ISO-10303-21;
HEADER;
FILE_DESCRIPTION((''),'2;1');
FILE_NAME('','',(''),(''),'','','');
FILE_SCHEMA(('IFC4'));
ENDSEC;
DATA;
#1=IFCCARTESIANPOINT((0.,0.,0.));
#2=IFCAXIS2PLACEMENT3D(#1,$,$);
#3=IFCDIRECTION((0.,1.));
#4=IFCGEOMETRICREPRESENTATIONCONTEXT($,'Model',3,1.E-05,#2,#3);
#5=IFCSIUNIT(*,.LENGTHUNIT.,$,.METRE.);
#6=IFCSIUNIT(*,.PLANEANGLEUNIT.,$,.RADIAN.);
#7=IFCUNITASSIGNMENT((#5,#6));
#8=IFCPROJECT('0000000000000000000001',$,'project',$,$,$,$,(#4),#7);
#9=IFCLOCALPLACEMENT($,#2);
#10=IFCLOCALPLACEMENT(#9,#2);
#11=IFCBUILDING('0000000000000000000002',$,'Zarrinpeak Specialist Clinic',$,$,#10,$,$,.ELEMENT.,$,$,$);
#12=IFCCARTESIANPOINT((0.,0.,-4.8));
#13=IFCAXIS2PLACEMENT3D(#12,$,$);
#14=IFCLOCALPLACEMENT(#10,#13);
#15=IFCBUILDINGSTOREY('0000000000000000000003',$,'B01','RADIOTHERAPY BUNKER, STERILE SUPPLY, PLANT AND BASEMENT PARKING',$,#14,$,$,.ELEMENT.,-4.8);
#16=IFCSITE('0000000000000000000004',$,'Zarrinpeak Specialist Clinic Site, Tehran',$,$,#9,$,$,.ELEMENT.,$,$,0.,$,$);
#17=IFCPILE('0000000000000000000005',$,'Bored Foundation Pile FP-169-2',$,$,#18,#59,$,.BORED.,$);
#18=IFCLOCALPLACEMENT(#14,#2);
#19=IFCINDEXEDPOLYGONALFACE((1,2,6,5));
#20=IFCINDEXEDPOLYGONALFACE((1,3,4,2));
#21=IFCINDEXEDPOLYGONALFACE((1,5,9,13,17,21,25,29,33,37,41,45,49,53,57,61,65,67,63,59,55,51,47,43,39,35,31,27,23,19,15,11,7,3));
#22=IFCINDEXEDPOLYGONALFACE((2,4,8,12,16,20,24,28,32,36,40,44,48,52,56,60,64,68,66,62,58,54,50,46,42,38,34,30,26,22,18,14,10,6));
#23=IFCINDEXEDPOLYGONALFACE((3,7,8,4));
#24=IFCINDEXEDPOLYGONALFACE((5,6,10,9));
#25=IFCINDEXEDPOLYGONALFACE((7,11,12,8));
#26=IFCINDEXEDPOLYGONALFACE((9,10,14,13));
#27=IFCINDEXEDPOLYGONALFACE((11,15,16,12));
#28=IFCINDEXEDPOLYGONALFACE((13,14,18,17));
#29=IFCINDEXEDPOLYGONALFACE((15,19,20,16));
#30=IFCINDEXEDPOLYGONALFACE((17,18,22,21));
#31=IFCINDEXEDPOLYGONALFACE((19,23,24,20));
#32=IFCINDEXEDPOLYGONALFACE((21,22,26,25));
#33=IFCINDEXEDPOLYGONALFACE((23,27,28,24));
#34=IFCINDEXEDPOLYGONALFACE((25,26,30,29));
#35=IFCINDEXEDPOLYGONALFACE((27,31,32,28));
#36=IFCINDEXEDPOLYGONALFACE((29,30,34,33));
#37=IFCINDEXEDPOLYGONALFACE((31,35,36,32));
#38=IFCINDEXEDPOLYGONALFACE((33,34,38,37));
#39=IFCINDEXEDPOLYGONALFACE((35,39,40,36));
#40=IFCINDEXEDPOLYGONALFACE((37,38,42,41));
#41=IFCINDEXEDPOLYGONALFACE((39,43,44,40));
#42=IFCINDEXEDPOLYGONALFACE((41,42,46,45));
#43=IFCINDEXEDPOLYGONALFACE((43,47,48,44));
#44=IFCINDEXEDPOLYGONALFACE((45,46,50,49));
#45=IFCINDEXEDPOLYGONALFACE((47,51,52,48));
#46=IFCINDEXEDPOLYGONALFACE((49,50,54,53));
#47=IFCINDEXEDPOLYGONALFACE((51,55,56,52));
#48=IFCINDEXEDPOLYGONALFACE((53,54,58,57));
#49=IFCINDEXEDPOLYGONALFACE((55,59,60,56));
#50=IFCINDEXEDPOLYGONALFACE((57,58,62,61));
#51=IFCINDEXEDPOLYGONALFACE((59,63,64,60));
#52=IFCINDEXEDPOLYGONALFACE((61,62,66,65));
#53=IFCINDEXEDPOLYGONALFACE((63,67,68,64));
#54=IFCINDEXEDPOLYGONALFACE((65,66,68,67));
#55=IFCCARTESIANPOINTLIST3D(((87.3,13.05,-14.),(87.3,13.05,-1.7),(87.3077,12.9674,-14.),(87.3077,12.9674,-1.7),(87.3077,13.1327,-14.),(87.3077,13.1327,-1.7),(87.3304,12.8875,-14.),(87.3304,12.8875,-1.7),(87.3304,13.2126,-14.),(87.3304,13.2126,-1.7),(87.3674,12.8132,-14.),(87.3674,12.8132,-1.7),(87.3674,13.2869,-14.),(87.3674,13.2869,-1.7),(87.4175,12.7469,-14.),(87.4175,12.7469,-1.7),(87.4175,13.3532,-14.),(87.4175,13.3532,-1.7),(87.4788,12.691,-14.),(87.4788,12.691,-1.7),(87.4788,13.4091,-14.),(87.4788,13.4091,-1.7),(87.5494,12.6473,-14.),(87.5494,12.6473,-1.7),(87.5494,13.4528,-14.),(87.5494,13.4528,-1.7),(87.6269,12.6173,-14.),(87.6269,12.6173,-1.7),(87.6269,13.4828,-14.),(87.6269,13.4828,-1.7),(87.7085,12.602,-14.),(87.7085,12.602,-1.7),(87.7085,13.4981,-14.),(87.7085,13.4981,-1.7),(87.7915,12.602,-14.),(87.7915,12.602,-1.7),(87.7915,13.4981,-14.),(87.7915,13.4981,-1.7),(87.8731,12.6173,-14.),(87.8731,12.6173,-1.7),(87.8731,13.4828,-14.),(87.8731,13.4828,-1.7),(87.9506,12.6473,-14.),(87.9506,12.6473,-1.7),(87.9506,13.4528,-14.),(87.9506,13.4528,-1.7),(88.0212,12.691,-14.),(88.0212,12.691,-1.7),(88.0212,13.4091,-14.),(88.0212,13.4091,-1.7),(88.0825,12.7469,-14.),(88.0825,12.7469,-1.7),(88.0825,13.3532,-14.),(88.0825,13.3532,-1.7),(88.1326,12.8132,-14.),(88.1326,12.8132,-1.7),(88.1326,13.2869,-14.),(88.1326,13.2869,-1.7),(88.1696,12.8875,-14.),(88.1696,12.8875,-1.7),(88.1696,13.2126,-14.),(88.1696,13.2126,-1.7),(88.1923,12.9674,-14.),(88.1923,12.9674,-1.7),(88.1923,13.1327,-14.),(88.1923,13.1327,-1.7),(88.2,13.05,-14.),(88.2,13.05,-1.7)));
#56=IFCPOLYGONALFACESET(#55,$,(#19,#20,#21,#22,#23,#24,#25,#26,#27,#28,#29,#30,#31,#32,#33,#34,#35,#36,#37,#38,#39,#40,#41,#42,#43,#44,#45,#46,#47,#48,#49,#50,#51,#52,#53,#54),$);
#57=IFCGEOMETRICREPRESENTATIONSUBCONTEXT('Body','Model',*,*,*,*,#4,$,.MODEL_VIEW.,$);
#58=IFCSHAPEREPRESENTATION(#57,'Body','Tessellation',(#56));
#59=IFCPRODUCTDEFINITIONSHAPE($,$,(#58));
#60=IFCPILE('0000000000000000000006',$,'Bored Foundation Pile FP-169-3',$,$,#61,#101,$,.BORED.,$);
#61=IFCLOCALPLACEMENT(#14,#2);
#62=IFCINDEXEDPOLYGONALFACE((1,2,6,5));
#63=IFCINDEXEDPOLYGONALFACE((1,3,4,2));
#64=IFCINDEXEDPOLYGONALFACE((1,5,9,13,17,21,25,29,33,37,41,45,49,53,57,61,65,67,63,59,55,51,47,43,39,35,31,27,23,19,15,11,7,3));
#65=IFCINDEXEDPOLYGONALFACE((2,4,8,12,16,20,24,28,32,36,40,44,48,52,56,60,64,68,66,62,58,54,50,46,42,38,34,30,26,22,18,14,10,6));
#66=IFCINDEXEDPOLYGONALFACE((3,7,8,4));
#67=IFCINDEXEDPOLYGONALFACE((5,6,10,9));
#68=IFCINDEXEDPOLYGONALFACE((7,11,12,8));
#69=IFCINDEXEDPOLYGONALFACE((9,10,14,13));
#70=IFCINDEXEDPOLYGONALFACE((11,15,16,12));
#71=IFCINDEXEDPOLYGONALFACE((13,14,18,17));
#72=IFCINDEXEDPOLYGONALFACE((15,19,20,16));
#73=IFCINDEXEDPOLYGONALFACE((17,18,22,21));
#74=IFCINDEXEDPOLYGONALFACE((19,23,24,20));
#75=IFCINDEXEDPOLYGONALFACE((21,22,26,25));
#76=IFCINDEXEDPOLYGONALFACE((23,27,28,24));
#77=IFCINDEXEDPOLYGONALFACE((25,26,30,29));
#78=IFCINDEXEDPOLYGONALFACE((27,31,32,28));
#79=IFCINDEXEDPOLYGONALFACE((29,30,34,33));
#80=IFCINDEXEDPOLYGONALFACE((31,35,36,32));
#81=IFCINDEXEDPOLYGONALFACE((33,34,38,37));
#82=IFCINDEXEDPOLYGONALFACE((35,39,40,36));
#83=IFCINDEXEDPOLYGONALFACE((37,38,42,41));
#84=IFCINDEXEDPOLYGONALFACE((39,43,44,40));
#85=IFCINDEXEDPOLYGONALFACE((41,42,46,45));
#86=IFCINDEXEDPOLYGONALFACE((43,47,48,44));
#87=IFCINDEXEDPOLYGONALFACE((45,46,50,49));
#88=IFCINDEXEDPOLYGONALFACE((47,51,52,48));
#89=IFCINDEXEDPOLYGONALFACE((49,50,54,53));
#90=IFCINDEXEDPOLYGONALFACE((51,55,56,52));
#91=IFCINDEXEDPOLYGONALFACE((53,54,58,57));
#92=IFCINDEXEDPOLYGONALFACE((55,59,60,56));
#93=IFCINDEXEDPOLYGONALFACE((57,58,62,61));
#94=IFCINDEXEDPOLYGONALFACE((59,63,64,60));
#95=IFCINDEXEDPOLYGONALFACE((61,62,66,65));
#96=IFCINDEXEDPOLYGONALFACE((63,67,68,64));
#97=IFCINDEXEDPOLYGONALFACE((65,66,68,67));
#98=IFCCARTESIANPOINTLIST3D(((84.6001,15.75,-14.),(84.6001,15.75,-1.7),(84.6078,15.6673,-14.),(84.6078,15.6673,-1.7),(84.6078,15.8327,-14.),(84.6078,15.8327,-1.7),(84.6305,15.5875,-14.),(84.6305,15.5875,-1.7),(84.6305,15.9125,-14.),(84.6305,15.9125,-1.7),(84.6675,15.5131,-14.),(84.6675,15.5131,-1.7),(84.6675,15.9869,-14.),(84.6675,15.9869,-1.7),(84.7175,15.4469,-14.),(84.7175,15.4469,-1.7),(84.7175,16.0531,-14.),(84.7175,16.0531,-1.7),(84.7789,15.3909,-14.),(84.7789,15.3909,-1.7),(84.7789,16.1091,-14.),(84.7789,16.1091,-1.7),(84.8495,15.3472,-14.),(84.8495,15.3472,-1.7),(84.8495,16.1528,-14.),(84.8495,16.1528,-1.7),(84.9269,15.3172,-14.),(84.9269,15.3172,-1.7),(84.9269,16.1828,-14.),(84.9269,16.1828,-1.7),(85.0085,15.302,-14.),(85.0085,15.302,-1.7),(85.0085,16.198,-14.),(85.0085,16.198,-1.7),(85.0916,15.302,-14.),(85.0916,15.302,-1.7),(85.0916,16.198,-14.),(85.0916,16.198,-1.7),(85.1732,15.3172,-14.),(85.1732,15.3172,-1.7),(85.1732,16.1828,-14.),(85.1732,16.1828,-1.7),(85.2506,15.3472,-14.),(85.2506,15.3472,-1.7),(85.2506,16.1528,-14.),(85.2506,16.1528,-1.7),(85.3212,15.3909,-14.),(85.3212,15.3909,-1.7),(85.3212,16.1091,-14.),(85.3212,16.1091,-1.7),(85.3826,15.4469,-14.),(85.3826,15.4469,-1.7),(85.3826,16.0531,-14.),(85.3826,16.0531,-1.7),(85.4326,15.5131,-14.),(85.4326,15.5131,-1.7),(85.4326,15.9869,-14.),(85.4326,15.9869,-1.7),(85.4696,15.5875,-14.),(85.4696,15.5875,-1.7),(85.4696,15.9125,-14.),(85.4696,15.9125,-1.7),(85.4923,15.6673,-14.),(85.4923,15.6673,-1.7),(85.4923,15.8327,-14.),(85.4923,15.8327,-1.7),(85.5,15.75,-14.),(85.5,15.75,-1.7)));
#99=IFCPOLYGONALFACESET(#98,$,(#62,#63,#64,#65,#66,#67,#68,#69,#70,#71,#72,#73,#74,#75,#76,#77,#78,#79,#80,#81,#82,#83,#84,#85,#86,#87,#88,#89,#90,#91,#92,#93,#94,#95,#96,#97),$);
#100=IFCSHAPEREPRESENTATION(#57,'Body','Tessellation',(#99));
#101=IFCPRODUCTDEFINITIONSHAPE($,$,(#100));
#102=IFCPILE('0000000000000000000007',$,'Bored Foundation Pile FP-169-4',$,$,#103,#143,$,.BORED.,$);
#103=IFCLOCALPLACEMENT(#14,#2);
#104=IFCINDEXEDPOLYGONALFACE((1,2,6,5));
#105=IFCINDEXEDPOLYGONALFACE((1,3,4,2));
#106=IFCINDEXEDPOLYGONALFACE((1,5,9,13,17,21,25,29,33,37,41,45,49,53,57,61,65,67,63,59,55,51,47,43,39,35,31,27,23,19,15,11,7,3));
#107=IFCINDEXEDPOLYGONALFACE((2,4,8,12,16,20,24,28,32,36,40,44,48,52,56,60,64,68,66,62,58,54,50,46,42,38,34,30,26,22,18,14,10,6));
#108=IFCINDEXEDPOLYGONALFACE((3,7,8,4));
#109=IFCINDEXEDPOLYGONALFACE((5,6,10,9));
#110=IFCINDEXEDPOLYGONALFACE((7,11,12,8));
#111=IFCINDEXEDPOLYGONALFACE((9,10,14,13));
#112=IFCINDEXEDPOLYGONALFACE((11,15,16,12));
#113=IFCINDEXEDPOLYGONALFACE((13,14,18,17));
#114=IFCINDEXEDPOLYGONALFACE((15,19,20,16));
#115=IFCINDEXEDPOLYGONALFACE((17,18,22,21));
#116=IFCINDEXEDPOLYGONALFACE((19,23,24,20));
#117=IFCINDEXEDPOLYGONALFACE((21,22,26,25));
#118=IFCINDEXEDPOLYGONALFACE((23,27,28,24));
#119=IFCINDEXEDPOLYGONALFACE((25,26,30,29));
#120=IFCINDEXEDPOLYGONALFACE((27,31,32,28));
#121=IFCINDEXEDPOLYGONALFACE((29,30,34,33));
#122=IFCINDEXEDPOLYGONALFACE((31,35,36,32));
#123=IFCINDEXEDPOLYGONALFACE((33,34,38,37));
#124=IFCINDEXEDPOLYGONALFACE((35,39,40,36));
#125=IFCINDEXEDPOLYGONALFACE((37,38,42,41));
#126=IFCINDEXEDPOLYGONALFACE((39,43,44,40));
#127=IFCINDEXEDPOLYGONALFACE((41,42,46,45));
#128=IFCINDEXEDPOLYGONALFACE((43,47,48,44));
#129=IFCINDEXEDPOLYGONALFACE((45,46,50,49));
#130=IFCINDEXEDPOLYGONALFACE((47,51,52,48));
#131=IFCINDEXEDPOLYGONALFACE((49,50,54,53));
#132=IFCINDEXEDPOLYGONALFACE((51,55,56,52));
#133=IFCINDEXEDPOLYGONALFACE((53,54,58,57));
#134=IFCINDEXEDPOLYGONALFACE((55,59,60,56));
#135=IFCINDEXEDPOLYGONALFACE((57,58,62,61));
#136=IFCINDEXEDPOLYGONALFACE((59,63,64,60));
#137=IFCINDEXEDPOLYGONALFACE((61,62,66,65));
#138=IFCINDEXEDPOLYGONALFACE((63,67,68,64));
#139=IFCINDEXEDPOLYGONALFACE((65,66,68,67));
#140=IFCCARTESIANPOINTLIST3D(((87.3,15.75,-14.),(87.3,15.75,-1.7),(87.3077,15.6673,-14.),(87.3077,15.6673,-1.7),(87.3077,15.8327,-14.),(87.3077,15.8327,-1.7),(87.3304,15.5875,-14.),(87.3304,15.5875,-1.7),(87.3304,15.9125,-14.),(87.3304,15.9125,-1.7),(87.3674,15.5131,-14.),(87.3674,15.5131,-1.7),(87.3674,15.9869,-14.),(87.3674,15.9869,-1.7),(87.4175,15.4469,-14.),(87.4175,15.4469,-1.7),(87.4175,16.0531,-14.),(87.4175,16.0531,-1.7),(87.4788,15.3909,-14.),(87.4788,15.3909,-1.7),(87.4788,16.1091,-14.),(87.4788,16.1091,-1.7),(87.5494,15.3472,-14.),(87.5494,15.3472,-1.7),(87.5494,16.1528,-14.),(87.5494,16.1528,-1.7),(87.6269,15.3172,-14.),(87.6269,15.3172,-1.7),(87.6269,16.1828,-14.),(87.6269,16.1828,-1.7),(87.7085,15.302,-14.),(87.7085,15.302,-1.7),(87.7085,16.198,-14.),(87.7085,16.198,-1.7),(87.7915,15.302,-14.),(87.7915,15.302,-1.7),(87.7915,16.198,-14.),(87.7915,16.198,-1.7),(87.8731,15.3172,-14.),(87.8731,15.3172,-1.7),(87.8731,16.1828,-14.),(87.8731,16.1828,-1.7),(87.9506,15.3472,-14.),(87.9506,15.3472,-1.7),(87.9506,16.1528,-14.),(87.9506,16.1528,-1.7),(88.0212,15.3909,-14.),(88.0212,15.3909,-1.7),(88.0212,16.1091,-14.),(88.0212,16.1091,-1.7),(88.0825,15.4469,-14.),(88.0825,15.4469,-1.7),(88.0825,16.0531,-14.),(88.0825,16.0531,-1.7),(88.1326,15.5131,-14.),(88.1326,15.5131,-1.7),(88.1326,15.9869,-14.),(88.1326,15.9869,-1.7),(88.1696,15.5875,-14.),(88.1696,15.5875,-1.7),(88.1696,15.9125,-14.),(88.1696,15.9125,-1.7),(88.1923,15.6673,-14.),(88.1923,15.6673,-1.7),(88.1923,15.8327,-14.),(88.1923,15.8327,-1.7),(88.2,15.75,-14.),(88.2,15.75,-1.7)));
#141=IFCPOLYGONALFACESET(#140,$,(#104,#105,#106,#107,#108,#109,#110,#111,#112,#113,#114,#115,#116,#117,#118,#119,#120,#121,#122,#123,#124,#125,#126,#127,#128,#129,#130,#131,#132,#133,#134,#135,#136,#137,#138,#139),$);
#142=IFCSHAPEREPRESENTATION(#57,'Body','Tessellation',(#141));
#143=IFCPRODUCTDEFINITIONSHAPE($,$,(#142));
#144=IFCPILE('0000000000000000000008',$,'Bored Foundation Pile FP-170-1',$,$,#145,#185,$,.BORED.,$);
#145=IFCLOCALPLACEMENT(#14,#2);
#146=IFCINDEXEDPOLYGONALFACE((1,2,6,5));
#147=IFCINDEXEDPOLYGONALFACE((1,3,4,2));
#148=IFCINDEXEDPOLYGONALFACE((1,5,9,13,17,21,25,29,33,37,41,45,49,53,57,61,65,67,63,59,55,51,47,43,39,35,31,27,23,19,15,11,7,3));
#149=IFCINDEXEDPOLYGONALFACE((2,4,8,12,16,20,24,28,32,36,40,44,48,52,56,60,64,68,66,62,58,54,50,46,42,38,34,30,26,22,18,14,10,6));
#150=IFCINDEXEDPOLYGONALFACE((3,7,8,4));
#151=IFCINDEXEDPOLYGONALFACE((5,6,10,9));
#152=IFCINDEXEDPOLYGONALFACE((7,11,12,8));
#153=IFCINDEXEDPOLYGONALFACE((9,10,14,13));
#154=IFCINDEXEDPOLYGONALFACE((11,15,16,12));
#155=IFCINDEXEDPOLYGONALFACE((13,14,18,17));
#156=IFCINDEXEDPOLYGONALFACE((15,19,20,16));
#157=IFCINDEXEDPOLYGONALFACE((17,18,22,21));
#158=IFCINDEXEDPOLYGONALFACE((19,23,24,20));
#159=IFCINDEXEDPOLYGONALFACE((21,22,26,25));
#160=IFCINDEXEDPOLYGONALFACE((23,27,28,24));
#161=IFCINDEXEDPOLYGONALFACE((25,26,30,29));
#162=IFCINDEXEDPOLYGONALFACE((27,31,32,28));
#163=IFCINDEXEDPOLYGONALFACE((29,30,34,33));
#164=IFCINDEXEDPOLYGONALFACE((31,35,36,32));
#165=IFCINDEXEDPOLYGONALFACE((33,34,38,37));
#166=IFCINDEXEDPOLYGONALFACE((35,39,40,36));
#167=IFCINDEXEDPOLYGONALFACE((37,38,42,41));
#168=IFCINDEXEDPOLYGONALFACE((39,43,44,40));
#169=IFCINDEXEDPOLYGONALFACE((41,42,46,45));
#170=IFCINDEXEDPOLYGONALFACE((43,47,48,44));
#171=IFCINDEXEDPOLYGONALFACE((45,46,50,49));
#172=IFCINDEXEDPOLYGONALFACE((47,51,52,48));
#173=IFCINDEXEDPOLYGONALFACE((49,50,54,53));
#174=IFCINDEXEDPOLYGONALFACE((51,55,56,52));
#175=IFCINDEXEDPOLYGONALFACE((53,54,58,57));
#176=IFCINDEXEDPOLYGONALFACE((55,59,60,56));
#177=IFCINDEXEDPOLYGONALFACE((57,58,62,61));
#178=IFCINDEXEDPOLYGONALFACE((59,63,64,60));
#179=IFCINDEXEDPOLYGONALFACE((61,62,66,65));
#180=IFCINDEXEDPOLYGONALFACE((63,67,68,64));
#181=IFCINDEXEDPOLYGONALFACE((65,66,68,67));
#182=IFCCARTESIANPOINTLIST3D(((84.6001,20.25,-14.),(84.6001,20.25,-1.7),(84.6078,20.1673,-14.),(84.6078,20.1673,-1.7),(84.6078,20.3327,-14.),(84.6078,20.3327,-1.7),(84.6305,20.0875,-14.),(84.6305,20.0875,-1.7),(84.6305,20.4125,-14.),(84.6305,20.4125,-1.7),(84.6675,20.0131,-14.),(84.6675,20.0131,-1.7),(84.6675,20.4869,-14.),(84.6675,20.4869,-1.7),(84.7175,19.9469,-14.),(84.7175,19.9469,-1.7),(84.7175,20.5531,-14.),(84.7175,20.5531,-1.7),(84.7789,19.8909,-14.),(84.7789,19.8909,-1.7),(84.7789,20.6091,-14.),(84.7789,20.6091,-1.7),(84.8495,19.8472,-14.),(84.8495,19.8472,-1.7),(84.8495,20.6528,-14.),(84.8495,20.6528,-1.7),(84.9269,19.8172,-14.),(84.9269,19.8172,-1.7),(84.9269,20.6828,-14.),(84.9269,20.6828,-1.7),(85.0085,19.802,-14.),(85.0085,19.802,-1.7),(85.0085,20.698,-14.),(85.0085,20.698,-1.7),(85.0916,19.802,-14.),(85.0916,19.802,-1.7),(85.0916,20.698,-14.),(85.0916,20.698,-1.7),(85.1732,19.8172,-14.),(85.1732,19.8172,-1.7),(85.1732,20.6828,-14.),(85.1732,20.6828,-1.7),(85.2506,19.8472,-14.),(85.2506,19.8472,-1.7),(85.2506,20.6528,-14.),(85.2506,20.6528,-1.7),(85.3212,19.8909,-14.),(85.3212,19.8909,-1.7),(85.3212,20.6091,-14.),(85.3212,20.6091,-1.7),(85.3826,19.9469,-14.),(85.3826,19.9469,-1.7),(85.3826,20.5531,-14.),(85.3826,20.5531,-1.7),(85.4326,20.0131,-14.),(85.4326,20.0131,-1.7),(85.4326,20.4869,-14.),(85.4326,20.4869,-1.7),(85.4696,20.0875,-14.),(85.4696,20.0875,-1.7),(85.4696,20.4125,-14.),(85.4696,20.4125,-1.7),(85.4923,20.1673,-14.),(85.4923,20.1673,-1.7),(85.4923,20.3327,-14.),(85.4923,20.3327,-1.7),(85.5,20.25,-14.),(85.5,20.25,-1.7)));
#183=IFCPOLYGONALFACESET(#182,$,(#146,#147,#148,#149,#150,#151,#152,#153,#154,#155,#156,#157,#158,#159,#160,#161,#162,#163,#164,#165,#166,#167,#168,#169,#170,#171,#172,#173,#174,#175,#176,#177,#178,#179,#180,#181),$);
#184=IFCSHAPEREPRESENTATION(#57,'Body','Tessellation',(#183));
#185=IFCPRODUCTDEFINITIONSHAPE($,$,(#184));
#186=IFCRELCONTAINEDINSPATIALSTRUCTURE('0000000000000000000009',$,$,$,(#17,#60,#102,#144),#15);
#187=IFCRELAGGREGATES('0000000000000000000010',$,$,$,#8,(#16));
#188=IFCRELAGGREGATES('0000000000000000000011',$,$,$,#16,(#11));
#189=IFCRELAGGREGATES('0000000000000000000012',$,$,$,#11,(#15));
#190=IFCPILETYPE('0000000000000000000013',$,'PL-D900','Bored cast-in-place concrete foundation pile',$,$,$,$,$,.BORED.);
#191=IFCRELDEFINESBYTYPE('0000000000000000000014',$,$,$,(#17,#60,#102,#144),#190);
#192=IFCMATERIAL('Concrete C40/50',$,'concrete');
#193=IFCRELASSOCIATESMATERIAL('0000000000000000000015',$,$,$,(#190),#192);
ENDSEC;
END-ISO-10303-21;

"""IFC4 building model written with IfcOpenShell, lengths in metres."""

from ifc_helpers import new_model, si_unit, direction, frame, origin, origin_2d, place, context, subcontext, project, spatial, circle, extrude, material, material_profile, profile_set, type_object, element, save


model = new_model("IFC4")

# Units and contexts
model_context = context("Model", 3, precision=1e-05, world=origin(), true_north=direction((0.0, 1.0)))
body_context = subcontext(model_context, "Body", "Model", "MODEL_VIEW")
ifc_project = project(units=[si_unit("LENGTHUNIT", "METRE"), si_unit("PLANEANGLEUNIT", "RADIAN")], contexts=[model_context])

# Site, building, storey
site_placement = place(None, origin())
site = spatial("IfcSite", under=ifc_project, at=site_placement, Name="Zarrinpeak Specialist Clinic Site, Tehran", CompositionType="ELEMENT", RefElevation=0.0)
building_placement = place(site_placement, origin())
building = spatial("IfcBuilding", under=site, at=building_placement, Name="Zarrinpeak Specialist Clinic", CompositionType="ELEMENT")
storey_placement = place(building_placement, frame((0.0, 0.0, -4.8)))
storey = spatial("IfcBuildingStorey", under=building, at=storey_placement, Name="B01", Description="RADIOTHERAPY BUNKER, STERILE SUPPLY, PLANT AND BASEMENT PARKING", CompositionType="ELEMENT", Elevation=-4.8)

# Shared definitions
ifc_material_1 = material(Name="Concrete C40/50", Category="concrete")

# Piles
ifc_material_profile_1 = material_profile(ifc_material_1, circle(Radius=0.45, at=origin_2d()), Name="BORED PILE D900")
ifc_profile_set_1 = profile_set([ifc_material_profile_1], Name="Concrete C40/50")
pile_type = type_object("IfcPileType", Name="PL-D900", Description="Bored cast-in-place concrete foundation pile", PredefinedType="BORED", material=ifc_profile_set_1)
for number, where, z_axis, x_axis, name in (
    (1, (87.75, 13.05, -1.7), (0.0, 0.0, -1.0), (1.0, 0.0, 0.0), "Bored Foundation Pile FP-169-2"),
    (2, (85.05, 15.75, -1.7), (0.0, 0.0, -1.0), (1.0, 0.0, 0.0), "Bored Foundation Pile FP-169-3"),
    (3, (87.75, 15.75, -1.7), (0.0, 0.0, -1.0), (1.0, 0.0, 0.0), "Bored Foundation Pile FP-169-4"),
    (4, (85.05, 20.25, -1.7), (0.0, 0.0, -1.0), (1.0, 0.0, 0.0), "Bored Foundation Pile FP-170-1"),
):
    element("IfcPile", number, at=place(storey_placement, frame(where, z_axis=z_axis, x_axis=x_axis)), inside=storey, type_object=pile_type, Name=name, PredefinedType="BORED", context=body_context, shape_type="SweptSolid", body=[
        extrude(circle(Radius=0.45, at=origin_2d()), origin(), (0.0, 0.0, 1.0), 12.3),
    ])

save(model, "model.ifc")
